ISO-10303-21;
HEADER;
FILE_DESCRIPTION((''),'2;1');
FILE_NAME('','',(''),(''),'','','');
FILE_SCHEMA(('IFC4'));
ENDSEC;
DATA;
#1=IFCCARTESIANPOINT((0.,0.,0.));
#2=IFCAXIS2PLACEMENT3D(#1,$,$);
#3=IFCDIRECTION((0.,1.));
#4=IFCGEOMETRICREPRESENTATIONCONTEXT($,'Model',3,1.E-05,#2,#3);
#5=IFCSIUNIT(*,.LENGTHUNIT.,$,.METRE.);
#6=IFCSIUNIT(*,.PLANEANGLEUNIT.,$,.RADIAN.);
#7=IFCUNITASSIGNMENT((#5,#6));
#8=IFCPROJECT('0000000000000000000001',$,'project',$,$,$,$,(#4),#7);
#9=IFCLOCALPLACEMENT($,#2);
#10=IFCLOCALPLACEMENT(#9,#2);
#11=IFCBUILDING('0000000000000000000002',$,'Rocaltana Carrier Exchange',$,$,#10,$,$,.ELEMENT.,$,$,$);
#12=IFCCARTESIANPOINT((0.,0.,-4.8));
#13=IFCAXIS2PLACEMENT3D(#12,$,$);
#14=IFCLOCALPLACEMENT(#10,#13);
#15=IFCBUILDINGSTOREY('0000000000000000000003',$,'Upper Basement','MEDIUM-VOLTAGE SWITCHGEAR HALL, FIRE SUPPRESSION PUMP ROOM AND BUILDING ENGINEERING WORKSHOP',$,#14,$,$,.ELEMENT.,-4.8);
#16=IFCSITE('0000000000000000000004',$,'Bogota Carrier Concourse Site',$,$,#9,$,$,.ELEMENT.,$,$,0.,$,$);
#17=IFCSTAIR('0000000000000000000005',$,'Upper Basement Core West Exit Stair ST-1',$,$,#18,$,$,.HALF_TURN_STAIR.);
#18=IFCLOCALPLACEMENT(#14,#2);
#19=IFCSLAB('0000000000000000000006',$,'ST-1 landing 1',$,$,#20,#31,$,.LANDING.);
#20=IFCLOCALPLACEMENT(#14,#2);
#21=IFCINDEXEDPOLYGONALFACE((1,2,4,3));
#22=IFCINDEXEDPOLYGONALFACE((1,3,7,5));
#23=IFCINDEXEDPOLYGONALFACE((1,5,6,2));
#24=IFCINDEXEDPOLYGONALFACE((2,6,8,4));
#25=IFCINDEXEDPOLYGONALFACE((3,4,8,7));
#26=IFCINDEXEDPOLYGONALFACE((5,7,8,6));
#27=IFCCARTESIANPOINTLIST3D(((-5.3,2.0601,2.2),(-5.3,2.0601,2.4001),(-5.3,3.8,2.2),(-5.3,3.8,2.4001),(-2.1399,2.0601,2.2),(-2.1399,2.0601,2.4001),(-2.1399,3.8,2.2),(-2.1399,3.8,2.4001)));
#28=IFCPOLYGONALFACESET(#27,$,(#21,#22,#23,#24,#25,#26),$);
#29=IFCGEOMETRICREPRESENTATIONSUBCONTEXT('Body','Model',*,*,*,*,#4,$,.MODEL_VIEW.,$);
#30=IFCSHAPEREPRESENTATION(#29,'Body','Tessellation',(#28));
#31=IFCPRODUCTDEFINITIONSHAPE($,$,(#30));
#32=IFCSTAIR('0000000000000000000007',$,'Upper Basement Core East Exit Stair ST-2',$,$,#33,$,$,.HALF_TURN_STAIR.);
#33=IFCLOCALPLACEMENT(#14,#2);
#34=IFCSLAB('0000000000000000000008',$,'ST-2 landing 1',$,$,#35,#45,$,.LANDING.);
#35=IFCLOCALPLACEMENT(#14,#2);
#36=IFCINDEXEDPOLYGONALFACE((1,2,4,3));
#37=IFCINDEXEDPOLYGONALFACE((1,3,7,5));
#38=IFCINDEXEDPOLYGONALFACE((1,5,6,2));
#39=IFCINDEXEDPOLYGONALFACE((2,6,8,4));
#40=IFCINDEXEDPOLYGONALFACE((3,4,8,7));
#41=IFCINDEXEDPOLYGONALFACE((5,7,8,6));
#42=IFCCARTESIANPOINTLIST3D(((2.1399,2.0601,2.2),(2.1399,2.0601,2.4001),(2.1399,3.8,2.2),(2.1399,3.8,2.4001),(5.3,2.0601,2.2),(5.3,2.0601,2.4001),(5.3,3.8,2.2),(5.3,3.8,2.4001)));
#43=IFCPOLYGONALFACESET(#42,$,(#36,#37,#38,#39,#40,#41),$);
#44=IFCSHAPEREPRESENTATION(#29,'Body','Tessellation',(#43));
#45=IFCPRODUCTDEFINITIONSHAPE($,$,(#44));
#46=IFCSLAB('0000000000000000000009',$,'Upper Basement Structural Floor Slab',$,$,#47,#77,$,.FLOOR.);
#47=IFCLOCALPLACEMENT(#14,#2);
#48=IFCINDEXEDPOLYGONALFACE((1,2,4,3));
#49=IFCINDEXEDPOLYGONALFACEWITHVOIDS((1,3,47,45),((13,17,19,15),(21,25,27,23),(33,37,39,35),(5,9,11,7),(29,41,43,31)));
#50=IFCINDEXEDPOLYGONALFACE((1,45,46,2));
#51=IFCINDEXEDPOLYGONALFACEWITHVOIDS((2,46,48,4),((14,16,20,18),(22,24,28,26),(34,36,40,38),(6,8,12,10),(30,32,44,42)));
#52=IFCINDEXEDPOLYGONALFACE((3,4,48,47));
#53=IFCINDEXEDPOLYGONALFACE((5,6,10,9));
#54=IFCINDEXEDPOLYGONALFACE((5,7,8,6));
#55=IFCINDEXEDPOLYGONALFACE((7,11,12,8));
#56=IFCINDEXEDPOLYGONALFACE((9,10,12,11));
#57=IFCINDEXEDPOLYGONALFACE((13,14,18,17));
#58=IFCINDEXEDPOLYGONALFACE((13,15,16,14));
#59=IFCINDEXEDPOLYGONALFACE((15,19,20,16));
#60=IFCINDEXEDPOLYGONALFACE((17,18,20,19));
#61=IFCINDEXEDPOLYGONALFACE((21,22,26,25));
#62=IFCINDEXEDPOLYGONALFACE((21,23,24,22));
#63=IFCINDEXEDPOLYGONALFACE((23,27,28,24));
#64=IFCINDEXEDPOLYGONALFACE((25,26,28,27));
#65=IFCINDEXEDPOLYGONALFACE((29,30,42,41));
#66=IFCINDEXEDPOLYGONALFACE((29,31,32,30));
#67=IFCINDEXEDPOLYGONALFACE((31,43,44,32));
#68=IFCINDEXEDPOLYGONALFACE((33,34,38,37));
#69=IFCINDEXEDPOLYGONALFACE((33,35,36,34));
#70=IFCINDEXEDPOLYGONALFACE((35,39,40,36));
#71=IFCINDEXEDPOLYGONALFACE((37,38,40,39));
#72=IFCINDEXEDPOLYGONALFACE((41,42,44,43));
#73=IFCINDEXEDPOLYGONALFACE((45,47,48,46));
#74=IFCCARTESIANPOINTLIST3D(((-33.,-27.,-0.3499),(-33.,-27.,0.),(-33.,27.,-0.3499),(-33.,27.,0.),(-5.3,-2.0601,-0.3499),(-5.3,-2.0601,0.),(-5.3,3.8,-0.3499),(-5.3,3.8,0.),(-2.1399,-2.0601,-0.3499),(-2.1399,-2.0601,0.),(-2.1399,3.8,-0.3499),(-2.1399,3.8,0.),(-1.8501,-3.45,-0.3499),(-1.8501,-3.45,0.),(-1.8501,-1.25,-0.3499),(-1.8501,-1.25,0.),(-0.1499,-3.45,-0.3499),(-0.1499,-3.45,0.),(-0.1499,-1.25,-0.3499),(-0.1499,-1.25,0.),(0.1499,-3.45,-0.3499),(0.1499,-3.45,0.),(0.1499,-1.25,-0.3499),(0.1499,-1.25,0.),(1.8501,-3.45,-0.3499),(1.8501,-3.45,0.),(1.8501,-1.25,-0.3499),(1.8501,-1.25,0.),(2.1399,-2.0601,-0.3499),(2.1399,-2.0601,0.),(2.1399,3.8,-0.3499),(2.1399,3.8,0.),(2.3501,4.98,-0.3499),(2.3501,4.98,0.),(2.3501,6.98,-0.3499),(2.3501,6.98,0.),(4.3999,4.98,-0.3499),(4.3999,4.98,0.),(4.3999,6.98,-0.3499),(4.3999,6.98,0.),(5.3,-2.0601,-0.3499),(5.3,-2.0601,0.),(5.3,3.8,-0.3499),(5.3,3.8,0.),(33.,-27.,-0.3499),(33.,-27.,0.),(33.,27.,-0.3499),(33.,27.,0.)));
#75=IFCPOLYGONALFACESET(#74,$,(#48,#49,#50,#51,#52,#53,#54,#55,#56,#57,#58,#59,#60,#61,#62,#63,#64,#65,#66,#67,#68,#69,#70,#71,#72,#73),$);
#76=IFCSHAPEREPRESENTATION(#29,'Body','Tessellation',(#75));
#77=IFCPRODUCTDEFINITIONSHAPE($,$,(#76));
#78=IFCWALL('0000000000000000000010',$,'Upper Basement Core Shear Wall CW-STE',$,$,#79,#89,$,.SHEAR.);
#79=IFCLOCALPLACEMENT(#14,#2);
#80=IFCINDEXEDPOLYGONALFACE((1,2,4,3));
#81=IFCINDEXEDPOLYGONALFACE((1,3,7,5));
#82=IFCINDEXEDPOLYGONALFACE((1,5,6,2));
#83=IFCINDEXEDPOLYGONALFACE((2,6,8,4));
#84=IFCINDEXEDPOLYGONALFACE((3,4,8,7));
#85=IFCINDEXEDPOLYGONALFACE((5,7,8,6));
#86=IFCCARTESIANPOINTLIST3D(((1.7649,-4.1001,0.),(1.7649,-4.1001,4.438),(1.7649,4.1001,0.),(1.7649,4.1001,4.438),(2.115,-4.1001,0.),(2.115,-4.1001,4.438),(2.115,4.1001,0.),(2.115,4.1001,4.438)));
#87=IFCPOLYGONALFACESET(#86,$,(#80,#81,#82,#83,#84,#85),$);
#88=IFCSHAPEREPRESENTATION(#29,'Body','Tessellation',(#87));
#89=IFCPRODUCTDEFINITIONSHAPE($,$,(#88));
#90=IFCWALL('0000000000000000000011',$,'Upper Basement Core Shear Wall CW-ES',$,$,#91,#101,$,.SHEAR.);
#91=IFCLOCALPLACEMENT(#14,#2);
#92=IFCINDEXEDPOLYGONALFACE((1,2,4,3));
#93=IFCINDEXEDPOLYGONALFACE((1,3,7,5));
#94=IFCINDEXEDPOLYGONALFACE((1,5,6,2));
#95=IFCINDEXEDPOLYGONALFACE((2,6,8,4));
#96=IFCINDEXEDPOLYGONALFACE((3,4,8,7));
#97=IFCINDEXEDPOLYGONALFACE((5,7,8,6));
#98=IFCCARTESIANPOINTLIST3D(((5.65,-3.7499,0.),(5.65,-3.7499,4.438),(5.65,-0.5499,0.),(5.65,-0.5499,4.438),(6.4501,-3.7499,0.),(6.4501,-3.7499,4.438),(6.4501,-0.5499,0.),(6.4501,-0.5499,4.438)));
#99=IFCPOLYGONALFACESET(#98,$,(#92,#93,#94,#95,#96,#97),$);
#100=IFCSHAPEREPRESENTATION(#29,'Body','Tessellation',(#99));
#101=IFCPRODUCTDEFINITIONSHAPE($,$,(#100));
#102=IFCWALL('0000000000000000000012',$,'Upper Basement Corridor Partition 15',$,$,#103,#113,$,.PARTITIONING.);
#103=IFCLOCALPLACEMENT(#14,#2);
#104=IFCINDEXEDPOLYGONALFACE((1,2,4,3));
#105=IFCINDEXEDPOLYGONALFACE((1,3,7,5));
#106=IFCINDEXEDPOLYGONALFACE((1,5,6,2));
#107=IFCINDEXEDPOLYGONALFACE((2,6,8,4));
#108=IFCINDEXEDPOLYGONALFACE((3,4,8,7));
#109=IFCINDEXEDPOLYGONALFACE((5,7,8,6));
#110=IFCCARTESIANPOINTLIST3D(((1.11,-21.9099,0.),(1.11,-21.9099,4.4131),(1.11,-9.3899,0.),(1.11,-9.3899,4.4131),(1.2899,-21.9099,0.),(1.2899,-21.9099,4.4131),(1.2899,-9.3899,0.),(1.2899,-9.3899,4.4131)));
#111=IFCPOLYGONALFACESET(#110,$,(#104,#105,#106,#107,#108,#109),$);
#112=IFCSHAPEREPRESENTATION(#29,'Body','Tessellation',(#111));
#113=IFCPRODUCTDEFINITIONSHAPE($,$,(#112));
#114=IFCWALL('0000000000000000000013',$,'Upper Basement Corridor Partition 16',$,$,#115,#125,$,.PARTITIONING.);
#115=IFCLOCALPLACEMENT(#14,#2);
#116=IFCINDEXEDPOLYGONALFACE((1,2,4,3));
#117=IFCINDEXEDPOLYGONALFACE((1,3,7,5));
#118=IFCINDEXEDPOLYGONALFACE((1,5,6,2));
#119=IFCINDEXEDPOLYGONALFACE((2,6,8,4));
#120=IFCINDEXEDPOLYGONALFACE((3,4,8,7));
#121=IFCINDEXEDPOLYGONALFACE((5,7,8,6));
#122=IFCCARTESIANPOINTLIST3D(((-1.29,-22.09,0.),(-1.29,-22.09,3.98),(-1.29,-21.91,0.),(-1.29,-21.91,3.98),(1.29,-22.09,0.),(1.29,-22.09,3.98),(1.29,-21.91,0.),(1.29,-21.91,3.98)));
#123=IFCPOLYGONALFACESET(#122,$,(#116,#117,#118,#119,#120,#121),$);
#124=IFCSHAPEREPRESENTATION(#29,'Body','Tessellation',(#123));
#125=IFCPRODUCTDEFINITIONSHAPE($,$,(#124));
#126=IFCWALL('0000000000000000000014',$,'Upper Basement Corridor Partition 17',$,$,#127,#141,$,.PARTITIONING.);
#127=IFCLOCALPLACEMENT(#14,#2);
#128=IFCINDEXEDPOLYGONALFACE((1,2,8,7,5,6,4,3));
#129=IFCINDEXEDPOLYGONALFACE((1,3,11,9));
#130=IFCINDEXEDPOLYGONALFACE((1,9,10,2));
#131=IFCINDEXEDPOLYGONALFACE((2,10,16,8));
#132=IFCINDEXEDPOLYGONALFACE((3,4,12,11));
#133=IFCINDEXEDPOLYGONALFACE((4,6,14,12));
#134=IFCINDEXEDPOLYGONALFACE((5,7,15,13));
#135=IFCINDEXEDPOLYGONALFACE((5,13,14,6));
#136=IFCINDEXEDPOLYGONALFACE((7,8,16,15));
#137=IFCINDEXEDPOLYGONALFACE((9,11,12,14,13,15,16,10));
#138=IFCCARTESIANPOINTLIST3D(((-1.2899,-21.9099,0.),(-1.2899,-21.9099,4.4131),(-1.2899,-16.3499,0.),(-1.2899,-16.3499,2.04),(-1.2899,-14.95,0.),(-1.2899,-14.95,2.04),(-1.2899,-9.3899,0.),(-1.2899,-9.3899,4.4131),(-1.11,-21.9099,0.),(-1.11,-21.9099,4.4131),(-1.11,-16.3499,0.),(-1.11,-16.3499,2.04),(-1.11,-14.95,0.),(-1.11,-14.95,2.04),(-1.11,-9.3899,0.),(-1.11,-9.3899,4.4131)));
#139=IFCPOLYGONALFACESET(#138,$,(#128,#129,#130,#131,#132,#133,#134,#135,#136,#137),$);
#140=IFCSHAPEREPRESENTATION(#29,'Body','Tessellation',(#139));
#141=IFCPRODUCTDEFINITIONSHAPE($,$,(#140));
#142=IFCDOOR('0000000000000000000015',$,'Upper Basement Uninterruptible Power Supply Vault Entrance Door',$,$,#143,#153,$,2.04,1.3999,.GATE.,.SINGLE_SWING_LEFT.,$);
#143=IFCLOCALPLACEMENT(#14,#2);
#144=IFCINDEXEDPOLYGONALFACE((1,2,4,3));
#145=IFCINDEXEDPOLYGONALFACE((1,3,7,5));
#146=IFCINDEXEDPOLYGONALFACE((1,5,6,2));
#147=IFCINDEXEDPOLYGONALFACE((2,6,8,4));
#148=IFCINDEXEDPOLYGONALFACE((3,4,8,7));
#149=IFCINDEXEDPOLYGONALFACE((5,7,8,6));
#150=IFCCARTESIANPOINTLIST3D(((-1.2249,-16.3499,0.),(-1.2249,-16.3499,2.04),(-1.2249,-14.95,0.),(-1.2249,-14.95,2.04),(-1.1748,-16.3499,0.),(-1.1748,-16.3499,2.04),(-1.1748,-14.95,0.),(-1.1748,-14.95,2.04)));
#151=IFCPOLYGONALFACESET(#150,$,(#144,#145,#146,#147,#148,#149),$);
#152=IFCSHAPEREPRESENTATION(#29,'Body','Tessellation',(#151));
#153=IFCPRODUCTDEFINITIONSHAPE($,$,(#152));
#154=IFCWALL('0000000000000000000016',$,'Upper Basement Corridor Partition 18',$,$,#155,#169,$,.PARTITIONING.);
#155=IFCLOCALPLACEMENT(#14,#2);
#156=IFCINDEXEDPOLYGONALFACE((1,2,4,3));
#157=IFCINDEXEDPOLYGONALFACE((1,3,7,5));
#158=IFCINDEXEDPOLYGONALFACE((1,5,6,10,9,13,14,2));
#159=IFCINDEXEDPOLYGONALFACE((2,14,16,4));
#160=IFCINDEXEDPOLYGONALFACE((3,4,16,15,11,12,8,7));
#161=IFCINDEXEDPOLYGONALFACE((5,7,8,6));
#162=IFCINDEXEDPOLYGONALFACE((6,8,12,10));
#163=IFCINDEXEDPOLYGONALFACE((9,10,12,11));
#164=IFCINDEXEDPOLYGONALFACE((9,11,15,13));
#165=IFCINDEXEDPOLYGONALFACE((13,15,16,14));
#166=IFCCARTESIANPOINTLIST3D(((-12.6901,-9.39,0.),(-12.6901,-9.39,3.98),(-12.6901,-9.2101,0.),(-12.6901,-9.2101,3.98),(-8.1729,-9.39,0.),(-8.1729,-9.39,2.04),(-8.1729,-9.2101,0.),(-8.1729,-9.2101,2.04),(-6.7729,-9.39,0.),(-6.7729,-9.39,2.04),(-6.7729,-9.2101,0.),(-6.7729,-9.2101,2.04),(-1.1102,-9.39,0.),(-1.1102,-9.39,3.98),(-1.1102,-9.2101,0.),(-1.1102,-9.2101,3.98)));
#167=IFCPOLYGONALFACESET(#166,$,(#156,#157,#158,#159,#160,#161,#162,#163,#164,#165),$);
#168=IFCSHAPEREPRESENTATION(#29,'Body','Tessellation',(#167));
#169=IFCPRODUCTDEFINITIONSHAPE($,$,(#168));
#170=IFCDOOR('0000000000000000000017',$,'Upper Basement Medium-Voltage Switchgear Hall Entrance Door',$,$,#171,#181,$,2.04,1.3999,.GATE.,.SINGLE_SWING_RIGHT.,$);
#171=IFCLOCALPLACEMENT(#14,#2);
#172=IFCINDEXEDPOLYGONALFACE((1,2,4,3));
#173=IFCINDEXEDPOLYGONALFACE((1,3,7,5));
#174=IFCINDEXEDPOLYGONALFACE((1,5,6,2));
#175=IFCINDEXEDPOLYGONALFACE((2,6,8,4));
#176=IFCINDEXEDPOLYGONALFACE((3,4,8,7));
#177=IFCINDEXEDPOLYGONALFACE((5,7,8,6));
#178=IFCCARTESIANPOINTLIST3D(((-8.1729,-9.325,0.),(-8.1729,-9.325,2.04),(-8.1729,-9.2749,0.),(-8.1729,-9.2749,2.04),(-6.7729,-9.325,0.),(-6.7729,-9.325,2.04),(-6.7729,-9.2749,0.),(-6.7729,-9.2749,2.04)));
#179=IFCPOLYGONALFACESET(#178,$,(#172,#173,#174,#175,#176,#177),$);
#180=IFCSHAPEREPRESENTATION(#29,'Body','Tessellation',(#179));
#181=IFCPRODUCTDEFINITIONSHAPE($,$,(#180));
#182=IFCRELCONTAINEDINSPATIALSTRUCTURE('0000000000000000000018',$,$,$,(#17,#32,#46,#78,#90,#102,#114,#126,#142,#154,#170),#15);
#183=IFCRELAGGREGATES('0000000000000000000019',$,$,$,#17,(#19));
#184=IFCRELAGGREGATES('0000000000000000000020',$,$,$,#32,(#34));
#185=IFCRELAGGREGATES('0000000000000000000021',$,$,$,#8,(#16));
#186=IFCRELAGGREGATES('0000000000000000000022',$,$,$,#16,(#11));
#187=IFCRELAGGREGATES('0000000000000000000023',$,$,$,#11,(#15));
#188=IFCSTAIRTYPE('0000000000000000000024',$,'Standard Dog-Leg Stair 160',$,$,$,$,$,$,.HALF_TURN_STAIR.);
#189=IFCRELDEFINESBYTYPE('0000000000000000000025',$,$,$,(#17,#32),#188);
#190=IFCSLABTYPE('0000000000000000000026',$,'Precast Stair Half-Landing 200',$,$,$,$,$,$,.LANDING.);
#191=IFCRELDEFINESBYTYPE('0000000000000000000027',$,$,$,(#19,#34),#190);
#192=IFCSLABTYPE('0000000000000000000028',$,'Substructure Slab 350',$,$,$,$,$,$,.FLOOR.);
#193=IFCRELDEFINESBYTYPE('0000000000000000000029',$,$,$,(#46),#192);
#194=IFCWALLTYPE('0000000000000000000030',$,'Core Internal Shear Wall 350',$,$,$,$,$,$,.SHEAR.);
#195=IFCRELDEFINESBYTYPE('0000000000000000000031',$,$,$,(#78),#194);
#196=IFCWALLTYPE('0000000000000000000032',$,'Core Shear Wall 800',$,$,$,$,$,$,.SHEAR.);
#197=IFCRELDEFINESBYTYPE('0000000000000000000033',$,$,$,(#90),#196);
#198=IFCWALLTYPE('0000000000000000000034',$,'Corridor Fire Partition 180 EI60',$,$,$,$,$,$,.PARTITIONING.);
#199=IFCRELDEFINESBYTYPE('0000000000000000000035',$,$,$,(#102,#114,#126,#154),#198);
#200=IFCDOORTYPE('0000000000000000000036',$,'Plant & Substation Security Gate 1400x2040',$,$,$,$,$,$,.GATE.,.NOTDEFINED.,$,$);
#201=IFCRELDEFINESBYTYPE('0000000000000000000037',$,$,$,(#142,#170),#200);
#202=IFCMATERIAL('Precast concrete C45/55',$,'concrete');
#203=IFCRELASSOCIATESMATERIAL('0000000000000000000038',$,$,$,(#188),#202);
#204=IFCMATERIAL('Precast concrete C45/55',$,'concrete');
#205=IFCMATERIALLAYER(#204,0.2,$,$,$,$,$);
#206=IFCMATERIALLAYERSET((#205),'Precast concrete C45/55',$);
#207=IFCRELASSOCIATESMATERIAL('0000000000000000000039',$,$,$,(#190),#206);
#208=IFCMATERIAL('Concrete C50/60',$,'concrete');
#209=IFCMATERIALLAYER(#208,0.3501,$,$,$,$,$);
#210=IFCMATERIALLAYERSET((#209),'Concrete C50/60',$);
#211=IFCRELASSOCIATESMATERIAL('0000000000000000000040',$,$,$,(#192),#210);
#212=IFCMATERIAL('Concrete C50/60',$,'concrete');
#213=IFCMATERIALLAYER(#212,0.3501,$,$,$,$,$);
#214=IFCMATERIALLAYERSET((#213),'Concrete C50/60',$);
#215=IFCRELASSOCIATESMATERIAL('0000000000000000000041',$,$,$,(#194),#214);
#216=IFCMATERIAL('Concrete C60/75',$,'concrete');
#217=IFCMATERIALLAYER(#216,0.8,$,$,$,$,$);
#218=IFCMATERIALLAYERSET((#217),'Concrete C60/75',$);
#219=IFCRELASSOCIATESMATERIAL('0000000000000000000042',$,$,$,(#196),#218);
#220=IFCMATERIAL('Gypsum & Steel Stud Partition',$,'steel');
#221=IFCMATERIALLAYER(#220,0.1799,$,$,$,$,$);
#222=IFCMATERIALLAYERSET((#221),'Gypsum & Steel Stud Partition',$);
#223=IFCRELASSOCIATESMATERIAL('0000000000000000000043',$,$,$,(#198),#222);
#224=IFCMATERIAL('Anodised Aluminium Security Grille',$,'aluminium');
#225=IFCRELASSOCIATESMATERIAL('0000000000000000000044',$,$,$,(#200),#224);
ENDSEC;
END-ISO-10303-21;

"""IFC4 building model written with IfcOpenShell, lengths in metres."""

from ifc_helpers import new_model, si_unit, direction, frame, frame_2d, origin, place, context, subcontext, project, spatial, polyline, rectangle, outline, extrude, material, layer, layer_set, type_object, element, fill, aggregate, save


model = new_model("IFC4")

# Units and contexts
model_context = context("Model", 3, precision=1e-05, world=origin(), true_north=direction((0.0, 1.0)))
body_context = subcontext(model_context, "Body", "Model", "MODEL_VIEW")
ifc_project = project(units=[si_unit("LENGTHUNIT", "METRE"), si_unit("PLANEANGLEUNIT", "RADIAN")], contexts=[model_context])

# Site, building, storey
site_placement = place(None, origin())
site = spatial("IfcSite", under=ifc_project, at=site_placement, Name="Bogota Carrier Concourse Site", CompositionType="ELEMENT", RefElevation=0.0)
building_placement = place(site_placement, origin())
building = spatial("IfcBuilding", under=site, at=building_placement, Name="Rocaltana Carrier Exchange", CompositionType="ELEMENT")
storey_placement = place(building_placement, frame((0.0, 0.0, -4.8)))
storey = spatial("IfcBuildingStorey", under=building, at=storey_placement, Name="Upper Basement", Description="MEDIUM-VOLTAGE SWITCHGEAR HALL, FIRE SUPPRESSION PUMP ROOM AND BUILDING ENGINEERING WORKSHOP", CompositionType="ELEMENT", Elevation=-4.8)

# Stairs, slabs
ifc_material_1 = material(Name="Precast concrete C45/55", Category="concrete")
stair_type = type_object("IfcStairType", Name="Standard Dog-Leg Stair 160", PredefinedType="HALF_TURN_STAIR", material=ifc_material_1)
stair_1_placement = place(storey_placement, origin())
stair_1 = element("IfcStair", 1, at=stair_1_placement, inside=storey, type_object=stair_type, Name="Upper Basement Core West Exit Stair ST-1", PredefinedType="HALF_TURN_STAIR")
ifc_material_2 = material(Name="Precast concrete C45/55", Category="concrete")
ifc_layer_1 = layer(ifc_material_2, 0.2)
ifc_layer_set_1 = layer_set([ifc_layer_1], Name="Precast concrete C45/55")
slab_type_1 = type_object("IfcSlabType", Name="Precast Stair Half-Landing 200", PredefinedType="LANDING", material=ifc_layer_set_1)
slab_1_placement = place(storey_placement, frame((0.0, 0.0, 2.2)))
slab_1 = element("IfcSlab", 2, at=slab_1_placement, type_object=slab_type_1, Name="ST-1 landing 1", PredefinedType="LANDING", context=body_context, shape_type="SweptSolid", body=[
    extrude(outline(polyline([(-2.1399, 2.0601), (-2.1399, 3.8), (-5.3, 3.8), (-5.3, 2.0601), (-2.1399, 2.0601)])), origin(), (0.0, 0.0, 1.0), 0.2002),
])
aggregate(stair_1, [slab_1])
stair_2_placement = place(storey_placement, origin())
stair_2 = element("IfcStair", 3, at=stair_2_placement, inside=storey, type_object=stair_type, Name="Upper Basement Core East Exit Stair ST-2", PredefinedType="HALF_TURN_STAIR")
slab_2_placement = place(storey_placement, frame((0.0, 0.0, 2.2)))
slab_2 = element("IfcSlab", 4, at=slab_2_placement, type_object=slab_type_1, Name="ST-2 landing 1", PredefinedType="LANDING", context=body_context, shape_type="SweptSolid", body=[
    extrude(outline(polyline([(5.3, 2.0601), (5.3, 3.8), (2.1399, 3.8), (2.1399, 2.0601), (5.3, 2.0601)])), origin(), (0.0, 0.0, 1.0), 0.2002),
])

# Slab
ifc_material_3 = material(Name="Concrete C50/60", Category="concrete")
ifc_layer_2 = layer(ifc_material_3, 0.3501)
ifc_layer_set_2 = layer_set([ifc_layer_2], Name="Concrete C50/60")
slab_type_2 = type_object("IfcSlabType", Name="Substructure Slab 350", PredefinedType="FLOOR", material=ifc_layer_set_2)
slab_3_placement = place(storey_placement, frame((0.0, 0.0, -0.3499)))
element("IfcSlab", 5, at=slab_3_placement, inside=storey, type_object=slab_type_2, Name="Upper Basement Structural Floor Slab", PredefinedType="FLOOR", context=body_context, shape_type="SweptSolid", body=[
    extrude(outline(polyline([(-33.0, -27.0), (33.0, -27.0), (33.0, 27.0), (-33.0, 27.0), (-33.0, -27.0)]), holes=[polyline([(-5.3, -2.0601), (-2.1399, -2.0601), (-2.1399, 3.8), (-5.3, 3.8), (-5.3, -2.0601)]), polyline([(2.1399, -2.0601), (5.3, -2.0601), (5.3, 3.8), (2.1399, 3.8), (2.1399, -2.0601)]), polyline([(-1.8501, -3.45), (-0.1499, -3.45), (-0.1499, -1.25), (-1.8501, -1.25), (-1.8501, -3.45)]), polyline([(0.1499, -3.45), (1.8501, -3.45), (1.8501, -1.25), (0.1499, -1.25), (0.1499, -3.45)]), polyline([(2.3501, 4.98), (4.3999, 4.98), (4.3999, 6.98), (2.3501, 6.98), (2.3501, 4.98)])]), origin(), (0.0, 0.0, 1.0), 0.3499),
])

# Walls
ifc_material_4 = material(Name="Concrete C50/60", Category="concrete")
ifc_layer_3 = layer(ifc_material_4, 0.3501)
ifc_layer_set_3 = layer_set([ifc_layer_3], Name="Concrete C50/60")
wall_type_1 = type_object("IfcWallType", Name="Core Internal Shear Wall 350", PredefinedType="SHEAR", material=ifc_layer_set_3)
wall_1_placement = place(storey_placement, frame((1.9399, -4.1001, 0.0), z_axis=(0.0, 0.0, 1.0), x_axis=(0.0, 1.0, 0.0)))
element("IfcWall", 6, at=wall_1_placement, inside=storey, type_object=wall_type_1, Name="Upper Basement Core Shear Wall CW-STE", PredefinedType="SHEAR", context=body_context, shape_type="SweptSolid", body=[
    extrude(rectangle(XDim=8.2002, YDim=0.3501, at=frame_2d((4.1001, 0.0))), origin(), (0.0, 0.0, 1.0), 4.438),
])
ifc_material_5 = material(Name="Concrete C60/75", Category="concrete")
ifc_layer_4 = layer(ifc_material_5, 0.8)
ifc_layer_set_4 = layer_set([ifc_layer_4], Name="Concrete C60/75")
wall_type_2 = type_object("IfcWallType", Name="Core Shear Wall 800", PredefinedType="SHEAR", material=ifc_layer_set_4)
wall_2_placement = place(storey_placement, frame((6.05, -3.75, 0.0), z_axis=(0.0, 0.0, 1.0), x_axis=(0.0, 1.0, 0.0)))
element("IfcWall", 7, at=wall_2_placement, inside=storey, type_object=wall_type_2, Name="Upper Basement Core Shear Wall CW-ES", PredefinedType="SHEAR", context=body_context, shape_type="SweptSolid", body=[
    extrude(rectangle(XDim=3.2, YDim=0.8, at=frame_2d((1.6001, 0.0))), origin(), (0.0, 0.0, 1.0), 4.438),
])
ifc_material_6 = material(Name="Gypsum & Steel Stud Partition", Category="steel")
ifc_layer_5 = layer(ifc_material_6, 0.1799)
ifc_layer_set_5 = layer_set([ifc_layer_5], Name="Gypsum & Steel Stud Partition")
wall_type_3 = type_object("IfcWallType", Name="Corridor Fire Partition 180 EI60", PredefinedType="PARTITIONING", material=ifc_layer_set_5)
wall_3_placement = place(storey_placement, frame((1.2, -9.3899, 0.0), z_axis=(0.0, 0.0, 1.0), x_axis=(0.0, -1.0, 0.0)))
element("IfcWall", 8, at=wall_3_placement, inside=storey, type_object=wall_type_3, Name="Upper Basement Corridor Partition 15", PredefinedType="PARTITIONING", context=body_context, shape_type="SweptSolid", body=[
    extrude(rectangle(XDim=12.52, YDim=0.1799, at=frame_2d((6.26, 0.0))), origin(), (0.0, 0.0, 1.0), 4.4131),
])
wall_4_placement = place(storey_placement, frame((1.29, -22.0, 0.0), z_axis=(0.0, 0.0, 1.0), x_axis=(-1.0, 0.0, 0.0)))
element("IfcWall", 9, at=wall_4_placement, inside=storey, type_object=wall_type_3, Name="Upper Basement Corridor Partition 16", PredefinedType="PARTITIONING", context=body_context, shape_type="SweptSolid", body=[
    extrude(rectangle(XDim=2.5801, YDim=0.1799, at=frame_2d((1.29, 0.0))), origin(), (0.0, 0.0, 1.0), 3.98),
])

# Walls, openings, doors
wall_5_placement = place(storey_placement, frame((-1.2, -21.9099, 0.0), z_axis=(0.0, 0.0, 1.0), x_axis=(0.0, 1.0, 0.0)))
wall_5 = element("IfcWall", 10, at=wall_5_placement, inside=storey, type_object=wall_type_3, Name="Upper Basement Corridor Partition 17", PredefinedType="PARTITIONING", context=body_context, shape_type="SweptSolid", body=[
    extrude(rectangle(XDim=12.52, YDim=0.1799, at=frame_2d((6.26, 0.0))), origin(), (0.0, 0.0, 1.0), 4.4131),
])
opening_1_placement = place(wall_5_placement, frame((5.5601, 0.0, 0.0)))
opening_1 = element("IfcOpeningElement", 11, at=opening_1_placement, cuts=wall_5, PredefinedType="OPENING", context=body_context, shape_type="SweptSolid", body=[
    extrude(rectangle(XDim=1.3999, YDim=2.04, at=frame_2d((0.7, 1.02))), frame((0.0, 0.0999, 0.0), z_axis=(0.0, -1.0, 0.0), x_axis=(1.0, 0.0, 0.0)), (0.0, 0.0, 1.0), 0.2),
])
ifc_material_7 = material(Name="Anodised Aluminium Security Grille", Category="aluminium")
door_type_1 = type_object("IfcDoorType", Name="Plant & Substation Security Gate 1400x2040", OperationType="NOTDEFINED", PredefinedType="GATE", material=ifc_material_7)
door_1_placement = place(opening_1_placement, origin())
door_1 = element("IfcDoor", 12, at=door_1_placement, inside=storey, type_object=door_type_1, Name="Upper Basement Uninterruptible Power Supply Vault Entrance Door", OperationType="SINGLE_SWING_LEFT", OverallHeight=2.04, OverallWidth=1.3999, PredefinedType="GATE", context=body_context, shape_type="SweptSolid", body=[
    extrude(rectangle(XDim=1.3999, YDim=2.04, at=frame_2d((0.7, 1.02))), frame((0.0, 0.0249, 0.0), z_axis=(0.0, -1.0, 0.0), x_axis=(1.0, 0.0, 0.0)), (0.0, 0.0, 1.0), 0.05),
])
fill(opening_1, door_1)
wall_6_placement = place(storey_placement, frame((-1.1101, -9.3, 0.0), z_axis=(0.0, 0.0, 1.0), x_axis=(-1.0, 0.0, 0.0)))
wall_6 = element("IfcWall", 13, at=wall_6_placement, inside=storey, type_object=wall_type_3, Name="Upper Basement Corridor Partition 18", PredefinedType="PARTITIONING", context=body_context, shape_type="SweptSolid", body=[
    extrude(rectangle(XDim=11.5798, YDim=0.1799, at=frame_2d((5.79, 0.0))), origin(), (0.0, 0.0, 1.0), 3.98),
])
opening_2_placement = place(wall_6_placement, frame((5.6628, 0.0, 0.0)))
opening_2 = element("IfcOpeningElement", 14, at=opening_2_placement, cuts=wall_6, PredefinedType="OPENING", context=body_context, shape_type="SweptSolid", body=[
    extrude(rectangle(XDim=1.3999, YDim=2.04, at=frame_2d((0.7, 1.02))), frame((0.0, 0.0999, 0.0), z_axis=(0.0, -1.0, 0.0), x_axis=(1.0, 0.0, 0.0)), (0.0, 0.0, 1.0), 0.2),
])
door_2_placement = place(opening_2_placement, origin())
door_2 = element("IfcDoor", 15, at=door_2_placement, inside=storey, type_object=door_type_1, Name="Upper Basement Medium-Voltage Switchgear Hall Entrance Door", OperationType="SINGLE_SWING_RIGHT", OverallHeight=2.04, OverallWidth=1.3999, PredefinedType="GATE", context=body_context, shape_type="SweptSolid", body=[
    extrude(rectangle(XDim=1.3999, YDim=2.04, at=frame_2d((0.7, 1.02))), frame((0.0, 0.0249, 0.0), z_axis=(0.0, -1.0, 0.0), x_axis=(1.0, 0.0, 0.0)), (0.0, 0.0, 1.0), 0.05),
])
fill(opening_2, door_2)

aggregate(stair_2, [slab_2])

save(model, "model.ifc")
